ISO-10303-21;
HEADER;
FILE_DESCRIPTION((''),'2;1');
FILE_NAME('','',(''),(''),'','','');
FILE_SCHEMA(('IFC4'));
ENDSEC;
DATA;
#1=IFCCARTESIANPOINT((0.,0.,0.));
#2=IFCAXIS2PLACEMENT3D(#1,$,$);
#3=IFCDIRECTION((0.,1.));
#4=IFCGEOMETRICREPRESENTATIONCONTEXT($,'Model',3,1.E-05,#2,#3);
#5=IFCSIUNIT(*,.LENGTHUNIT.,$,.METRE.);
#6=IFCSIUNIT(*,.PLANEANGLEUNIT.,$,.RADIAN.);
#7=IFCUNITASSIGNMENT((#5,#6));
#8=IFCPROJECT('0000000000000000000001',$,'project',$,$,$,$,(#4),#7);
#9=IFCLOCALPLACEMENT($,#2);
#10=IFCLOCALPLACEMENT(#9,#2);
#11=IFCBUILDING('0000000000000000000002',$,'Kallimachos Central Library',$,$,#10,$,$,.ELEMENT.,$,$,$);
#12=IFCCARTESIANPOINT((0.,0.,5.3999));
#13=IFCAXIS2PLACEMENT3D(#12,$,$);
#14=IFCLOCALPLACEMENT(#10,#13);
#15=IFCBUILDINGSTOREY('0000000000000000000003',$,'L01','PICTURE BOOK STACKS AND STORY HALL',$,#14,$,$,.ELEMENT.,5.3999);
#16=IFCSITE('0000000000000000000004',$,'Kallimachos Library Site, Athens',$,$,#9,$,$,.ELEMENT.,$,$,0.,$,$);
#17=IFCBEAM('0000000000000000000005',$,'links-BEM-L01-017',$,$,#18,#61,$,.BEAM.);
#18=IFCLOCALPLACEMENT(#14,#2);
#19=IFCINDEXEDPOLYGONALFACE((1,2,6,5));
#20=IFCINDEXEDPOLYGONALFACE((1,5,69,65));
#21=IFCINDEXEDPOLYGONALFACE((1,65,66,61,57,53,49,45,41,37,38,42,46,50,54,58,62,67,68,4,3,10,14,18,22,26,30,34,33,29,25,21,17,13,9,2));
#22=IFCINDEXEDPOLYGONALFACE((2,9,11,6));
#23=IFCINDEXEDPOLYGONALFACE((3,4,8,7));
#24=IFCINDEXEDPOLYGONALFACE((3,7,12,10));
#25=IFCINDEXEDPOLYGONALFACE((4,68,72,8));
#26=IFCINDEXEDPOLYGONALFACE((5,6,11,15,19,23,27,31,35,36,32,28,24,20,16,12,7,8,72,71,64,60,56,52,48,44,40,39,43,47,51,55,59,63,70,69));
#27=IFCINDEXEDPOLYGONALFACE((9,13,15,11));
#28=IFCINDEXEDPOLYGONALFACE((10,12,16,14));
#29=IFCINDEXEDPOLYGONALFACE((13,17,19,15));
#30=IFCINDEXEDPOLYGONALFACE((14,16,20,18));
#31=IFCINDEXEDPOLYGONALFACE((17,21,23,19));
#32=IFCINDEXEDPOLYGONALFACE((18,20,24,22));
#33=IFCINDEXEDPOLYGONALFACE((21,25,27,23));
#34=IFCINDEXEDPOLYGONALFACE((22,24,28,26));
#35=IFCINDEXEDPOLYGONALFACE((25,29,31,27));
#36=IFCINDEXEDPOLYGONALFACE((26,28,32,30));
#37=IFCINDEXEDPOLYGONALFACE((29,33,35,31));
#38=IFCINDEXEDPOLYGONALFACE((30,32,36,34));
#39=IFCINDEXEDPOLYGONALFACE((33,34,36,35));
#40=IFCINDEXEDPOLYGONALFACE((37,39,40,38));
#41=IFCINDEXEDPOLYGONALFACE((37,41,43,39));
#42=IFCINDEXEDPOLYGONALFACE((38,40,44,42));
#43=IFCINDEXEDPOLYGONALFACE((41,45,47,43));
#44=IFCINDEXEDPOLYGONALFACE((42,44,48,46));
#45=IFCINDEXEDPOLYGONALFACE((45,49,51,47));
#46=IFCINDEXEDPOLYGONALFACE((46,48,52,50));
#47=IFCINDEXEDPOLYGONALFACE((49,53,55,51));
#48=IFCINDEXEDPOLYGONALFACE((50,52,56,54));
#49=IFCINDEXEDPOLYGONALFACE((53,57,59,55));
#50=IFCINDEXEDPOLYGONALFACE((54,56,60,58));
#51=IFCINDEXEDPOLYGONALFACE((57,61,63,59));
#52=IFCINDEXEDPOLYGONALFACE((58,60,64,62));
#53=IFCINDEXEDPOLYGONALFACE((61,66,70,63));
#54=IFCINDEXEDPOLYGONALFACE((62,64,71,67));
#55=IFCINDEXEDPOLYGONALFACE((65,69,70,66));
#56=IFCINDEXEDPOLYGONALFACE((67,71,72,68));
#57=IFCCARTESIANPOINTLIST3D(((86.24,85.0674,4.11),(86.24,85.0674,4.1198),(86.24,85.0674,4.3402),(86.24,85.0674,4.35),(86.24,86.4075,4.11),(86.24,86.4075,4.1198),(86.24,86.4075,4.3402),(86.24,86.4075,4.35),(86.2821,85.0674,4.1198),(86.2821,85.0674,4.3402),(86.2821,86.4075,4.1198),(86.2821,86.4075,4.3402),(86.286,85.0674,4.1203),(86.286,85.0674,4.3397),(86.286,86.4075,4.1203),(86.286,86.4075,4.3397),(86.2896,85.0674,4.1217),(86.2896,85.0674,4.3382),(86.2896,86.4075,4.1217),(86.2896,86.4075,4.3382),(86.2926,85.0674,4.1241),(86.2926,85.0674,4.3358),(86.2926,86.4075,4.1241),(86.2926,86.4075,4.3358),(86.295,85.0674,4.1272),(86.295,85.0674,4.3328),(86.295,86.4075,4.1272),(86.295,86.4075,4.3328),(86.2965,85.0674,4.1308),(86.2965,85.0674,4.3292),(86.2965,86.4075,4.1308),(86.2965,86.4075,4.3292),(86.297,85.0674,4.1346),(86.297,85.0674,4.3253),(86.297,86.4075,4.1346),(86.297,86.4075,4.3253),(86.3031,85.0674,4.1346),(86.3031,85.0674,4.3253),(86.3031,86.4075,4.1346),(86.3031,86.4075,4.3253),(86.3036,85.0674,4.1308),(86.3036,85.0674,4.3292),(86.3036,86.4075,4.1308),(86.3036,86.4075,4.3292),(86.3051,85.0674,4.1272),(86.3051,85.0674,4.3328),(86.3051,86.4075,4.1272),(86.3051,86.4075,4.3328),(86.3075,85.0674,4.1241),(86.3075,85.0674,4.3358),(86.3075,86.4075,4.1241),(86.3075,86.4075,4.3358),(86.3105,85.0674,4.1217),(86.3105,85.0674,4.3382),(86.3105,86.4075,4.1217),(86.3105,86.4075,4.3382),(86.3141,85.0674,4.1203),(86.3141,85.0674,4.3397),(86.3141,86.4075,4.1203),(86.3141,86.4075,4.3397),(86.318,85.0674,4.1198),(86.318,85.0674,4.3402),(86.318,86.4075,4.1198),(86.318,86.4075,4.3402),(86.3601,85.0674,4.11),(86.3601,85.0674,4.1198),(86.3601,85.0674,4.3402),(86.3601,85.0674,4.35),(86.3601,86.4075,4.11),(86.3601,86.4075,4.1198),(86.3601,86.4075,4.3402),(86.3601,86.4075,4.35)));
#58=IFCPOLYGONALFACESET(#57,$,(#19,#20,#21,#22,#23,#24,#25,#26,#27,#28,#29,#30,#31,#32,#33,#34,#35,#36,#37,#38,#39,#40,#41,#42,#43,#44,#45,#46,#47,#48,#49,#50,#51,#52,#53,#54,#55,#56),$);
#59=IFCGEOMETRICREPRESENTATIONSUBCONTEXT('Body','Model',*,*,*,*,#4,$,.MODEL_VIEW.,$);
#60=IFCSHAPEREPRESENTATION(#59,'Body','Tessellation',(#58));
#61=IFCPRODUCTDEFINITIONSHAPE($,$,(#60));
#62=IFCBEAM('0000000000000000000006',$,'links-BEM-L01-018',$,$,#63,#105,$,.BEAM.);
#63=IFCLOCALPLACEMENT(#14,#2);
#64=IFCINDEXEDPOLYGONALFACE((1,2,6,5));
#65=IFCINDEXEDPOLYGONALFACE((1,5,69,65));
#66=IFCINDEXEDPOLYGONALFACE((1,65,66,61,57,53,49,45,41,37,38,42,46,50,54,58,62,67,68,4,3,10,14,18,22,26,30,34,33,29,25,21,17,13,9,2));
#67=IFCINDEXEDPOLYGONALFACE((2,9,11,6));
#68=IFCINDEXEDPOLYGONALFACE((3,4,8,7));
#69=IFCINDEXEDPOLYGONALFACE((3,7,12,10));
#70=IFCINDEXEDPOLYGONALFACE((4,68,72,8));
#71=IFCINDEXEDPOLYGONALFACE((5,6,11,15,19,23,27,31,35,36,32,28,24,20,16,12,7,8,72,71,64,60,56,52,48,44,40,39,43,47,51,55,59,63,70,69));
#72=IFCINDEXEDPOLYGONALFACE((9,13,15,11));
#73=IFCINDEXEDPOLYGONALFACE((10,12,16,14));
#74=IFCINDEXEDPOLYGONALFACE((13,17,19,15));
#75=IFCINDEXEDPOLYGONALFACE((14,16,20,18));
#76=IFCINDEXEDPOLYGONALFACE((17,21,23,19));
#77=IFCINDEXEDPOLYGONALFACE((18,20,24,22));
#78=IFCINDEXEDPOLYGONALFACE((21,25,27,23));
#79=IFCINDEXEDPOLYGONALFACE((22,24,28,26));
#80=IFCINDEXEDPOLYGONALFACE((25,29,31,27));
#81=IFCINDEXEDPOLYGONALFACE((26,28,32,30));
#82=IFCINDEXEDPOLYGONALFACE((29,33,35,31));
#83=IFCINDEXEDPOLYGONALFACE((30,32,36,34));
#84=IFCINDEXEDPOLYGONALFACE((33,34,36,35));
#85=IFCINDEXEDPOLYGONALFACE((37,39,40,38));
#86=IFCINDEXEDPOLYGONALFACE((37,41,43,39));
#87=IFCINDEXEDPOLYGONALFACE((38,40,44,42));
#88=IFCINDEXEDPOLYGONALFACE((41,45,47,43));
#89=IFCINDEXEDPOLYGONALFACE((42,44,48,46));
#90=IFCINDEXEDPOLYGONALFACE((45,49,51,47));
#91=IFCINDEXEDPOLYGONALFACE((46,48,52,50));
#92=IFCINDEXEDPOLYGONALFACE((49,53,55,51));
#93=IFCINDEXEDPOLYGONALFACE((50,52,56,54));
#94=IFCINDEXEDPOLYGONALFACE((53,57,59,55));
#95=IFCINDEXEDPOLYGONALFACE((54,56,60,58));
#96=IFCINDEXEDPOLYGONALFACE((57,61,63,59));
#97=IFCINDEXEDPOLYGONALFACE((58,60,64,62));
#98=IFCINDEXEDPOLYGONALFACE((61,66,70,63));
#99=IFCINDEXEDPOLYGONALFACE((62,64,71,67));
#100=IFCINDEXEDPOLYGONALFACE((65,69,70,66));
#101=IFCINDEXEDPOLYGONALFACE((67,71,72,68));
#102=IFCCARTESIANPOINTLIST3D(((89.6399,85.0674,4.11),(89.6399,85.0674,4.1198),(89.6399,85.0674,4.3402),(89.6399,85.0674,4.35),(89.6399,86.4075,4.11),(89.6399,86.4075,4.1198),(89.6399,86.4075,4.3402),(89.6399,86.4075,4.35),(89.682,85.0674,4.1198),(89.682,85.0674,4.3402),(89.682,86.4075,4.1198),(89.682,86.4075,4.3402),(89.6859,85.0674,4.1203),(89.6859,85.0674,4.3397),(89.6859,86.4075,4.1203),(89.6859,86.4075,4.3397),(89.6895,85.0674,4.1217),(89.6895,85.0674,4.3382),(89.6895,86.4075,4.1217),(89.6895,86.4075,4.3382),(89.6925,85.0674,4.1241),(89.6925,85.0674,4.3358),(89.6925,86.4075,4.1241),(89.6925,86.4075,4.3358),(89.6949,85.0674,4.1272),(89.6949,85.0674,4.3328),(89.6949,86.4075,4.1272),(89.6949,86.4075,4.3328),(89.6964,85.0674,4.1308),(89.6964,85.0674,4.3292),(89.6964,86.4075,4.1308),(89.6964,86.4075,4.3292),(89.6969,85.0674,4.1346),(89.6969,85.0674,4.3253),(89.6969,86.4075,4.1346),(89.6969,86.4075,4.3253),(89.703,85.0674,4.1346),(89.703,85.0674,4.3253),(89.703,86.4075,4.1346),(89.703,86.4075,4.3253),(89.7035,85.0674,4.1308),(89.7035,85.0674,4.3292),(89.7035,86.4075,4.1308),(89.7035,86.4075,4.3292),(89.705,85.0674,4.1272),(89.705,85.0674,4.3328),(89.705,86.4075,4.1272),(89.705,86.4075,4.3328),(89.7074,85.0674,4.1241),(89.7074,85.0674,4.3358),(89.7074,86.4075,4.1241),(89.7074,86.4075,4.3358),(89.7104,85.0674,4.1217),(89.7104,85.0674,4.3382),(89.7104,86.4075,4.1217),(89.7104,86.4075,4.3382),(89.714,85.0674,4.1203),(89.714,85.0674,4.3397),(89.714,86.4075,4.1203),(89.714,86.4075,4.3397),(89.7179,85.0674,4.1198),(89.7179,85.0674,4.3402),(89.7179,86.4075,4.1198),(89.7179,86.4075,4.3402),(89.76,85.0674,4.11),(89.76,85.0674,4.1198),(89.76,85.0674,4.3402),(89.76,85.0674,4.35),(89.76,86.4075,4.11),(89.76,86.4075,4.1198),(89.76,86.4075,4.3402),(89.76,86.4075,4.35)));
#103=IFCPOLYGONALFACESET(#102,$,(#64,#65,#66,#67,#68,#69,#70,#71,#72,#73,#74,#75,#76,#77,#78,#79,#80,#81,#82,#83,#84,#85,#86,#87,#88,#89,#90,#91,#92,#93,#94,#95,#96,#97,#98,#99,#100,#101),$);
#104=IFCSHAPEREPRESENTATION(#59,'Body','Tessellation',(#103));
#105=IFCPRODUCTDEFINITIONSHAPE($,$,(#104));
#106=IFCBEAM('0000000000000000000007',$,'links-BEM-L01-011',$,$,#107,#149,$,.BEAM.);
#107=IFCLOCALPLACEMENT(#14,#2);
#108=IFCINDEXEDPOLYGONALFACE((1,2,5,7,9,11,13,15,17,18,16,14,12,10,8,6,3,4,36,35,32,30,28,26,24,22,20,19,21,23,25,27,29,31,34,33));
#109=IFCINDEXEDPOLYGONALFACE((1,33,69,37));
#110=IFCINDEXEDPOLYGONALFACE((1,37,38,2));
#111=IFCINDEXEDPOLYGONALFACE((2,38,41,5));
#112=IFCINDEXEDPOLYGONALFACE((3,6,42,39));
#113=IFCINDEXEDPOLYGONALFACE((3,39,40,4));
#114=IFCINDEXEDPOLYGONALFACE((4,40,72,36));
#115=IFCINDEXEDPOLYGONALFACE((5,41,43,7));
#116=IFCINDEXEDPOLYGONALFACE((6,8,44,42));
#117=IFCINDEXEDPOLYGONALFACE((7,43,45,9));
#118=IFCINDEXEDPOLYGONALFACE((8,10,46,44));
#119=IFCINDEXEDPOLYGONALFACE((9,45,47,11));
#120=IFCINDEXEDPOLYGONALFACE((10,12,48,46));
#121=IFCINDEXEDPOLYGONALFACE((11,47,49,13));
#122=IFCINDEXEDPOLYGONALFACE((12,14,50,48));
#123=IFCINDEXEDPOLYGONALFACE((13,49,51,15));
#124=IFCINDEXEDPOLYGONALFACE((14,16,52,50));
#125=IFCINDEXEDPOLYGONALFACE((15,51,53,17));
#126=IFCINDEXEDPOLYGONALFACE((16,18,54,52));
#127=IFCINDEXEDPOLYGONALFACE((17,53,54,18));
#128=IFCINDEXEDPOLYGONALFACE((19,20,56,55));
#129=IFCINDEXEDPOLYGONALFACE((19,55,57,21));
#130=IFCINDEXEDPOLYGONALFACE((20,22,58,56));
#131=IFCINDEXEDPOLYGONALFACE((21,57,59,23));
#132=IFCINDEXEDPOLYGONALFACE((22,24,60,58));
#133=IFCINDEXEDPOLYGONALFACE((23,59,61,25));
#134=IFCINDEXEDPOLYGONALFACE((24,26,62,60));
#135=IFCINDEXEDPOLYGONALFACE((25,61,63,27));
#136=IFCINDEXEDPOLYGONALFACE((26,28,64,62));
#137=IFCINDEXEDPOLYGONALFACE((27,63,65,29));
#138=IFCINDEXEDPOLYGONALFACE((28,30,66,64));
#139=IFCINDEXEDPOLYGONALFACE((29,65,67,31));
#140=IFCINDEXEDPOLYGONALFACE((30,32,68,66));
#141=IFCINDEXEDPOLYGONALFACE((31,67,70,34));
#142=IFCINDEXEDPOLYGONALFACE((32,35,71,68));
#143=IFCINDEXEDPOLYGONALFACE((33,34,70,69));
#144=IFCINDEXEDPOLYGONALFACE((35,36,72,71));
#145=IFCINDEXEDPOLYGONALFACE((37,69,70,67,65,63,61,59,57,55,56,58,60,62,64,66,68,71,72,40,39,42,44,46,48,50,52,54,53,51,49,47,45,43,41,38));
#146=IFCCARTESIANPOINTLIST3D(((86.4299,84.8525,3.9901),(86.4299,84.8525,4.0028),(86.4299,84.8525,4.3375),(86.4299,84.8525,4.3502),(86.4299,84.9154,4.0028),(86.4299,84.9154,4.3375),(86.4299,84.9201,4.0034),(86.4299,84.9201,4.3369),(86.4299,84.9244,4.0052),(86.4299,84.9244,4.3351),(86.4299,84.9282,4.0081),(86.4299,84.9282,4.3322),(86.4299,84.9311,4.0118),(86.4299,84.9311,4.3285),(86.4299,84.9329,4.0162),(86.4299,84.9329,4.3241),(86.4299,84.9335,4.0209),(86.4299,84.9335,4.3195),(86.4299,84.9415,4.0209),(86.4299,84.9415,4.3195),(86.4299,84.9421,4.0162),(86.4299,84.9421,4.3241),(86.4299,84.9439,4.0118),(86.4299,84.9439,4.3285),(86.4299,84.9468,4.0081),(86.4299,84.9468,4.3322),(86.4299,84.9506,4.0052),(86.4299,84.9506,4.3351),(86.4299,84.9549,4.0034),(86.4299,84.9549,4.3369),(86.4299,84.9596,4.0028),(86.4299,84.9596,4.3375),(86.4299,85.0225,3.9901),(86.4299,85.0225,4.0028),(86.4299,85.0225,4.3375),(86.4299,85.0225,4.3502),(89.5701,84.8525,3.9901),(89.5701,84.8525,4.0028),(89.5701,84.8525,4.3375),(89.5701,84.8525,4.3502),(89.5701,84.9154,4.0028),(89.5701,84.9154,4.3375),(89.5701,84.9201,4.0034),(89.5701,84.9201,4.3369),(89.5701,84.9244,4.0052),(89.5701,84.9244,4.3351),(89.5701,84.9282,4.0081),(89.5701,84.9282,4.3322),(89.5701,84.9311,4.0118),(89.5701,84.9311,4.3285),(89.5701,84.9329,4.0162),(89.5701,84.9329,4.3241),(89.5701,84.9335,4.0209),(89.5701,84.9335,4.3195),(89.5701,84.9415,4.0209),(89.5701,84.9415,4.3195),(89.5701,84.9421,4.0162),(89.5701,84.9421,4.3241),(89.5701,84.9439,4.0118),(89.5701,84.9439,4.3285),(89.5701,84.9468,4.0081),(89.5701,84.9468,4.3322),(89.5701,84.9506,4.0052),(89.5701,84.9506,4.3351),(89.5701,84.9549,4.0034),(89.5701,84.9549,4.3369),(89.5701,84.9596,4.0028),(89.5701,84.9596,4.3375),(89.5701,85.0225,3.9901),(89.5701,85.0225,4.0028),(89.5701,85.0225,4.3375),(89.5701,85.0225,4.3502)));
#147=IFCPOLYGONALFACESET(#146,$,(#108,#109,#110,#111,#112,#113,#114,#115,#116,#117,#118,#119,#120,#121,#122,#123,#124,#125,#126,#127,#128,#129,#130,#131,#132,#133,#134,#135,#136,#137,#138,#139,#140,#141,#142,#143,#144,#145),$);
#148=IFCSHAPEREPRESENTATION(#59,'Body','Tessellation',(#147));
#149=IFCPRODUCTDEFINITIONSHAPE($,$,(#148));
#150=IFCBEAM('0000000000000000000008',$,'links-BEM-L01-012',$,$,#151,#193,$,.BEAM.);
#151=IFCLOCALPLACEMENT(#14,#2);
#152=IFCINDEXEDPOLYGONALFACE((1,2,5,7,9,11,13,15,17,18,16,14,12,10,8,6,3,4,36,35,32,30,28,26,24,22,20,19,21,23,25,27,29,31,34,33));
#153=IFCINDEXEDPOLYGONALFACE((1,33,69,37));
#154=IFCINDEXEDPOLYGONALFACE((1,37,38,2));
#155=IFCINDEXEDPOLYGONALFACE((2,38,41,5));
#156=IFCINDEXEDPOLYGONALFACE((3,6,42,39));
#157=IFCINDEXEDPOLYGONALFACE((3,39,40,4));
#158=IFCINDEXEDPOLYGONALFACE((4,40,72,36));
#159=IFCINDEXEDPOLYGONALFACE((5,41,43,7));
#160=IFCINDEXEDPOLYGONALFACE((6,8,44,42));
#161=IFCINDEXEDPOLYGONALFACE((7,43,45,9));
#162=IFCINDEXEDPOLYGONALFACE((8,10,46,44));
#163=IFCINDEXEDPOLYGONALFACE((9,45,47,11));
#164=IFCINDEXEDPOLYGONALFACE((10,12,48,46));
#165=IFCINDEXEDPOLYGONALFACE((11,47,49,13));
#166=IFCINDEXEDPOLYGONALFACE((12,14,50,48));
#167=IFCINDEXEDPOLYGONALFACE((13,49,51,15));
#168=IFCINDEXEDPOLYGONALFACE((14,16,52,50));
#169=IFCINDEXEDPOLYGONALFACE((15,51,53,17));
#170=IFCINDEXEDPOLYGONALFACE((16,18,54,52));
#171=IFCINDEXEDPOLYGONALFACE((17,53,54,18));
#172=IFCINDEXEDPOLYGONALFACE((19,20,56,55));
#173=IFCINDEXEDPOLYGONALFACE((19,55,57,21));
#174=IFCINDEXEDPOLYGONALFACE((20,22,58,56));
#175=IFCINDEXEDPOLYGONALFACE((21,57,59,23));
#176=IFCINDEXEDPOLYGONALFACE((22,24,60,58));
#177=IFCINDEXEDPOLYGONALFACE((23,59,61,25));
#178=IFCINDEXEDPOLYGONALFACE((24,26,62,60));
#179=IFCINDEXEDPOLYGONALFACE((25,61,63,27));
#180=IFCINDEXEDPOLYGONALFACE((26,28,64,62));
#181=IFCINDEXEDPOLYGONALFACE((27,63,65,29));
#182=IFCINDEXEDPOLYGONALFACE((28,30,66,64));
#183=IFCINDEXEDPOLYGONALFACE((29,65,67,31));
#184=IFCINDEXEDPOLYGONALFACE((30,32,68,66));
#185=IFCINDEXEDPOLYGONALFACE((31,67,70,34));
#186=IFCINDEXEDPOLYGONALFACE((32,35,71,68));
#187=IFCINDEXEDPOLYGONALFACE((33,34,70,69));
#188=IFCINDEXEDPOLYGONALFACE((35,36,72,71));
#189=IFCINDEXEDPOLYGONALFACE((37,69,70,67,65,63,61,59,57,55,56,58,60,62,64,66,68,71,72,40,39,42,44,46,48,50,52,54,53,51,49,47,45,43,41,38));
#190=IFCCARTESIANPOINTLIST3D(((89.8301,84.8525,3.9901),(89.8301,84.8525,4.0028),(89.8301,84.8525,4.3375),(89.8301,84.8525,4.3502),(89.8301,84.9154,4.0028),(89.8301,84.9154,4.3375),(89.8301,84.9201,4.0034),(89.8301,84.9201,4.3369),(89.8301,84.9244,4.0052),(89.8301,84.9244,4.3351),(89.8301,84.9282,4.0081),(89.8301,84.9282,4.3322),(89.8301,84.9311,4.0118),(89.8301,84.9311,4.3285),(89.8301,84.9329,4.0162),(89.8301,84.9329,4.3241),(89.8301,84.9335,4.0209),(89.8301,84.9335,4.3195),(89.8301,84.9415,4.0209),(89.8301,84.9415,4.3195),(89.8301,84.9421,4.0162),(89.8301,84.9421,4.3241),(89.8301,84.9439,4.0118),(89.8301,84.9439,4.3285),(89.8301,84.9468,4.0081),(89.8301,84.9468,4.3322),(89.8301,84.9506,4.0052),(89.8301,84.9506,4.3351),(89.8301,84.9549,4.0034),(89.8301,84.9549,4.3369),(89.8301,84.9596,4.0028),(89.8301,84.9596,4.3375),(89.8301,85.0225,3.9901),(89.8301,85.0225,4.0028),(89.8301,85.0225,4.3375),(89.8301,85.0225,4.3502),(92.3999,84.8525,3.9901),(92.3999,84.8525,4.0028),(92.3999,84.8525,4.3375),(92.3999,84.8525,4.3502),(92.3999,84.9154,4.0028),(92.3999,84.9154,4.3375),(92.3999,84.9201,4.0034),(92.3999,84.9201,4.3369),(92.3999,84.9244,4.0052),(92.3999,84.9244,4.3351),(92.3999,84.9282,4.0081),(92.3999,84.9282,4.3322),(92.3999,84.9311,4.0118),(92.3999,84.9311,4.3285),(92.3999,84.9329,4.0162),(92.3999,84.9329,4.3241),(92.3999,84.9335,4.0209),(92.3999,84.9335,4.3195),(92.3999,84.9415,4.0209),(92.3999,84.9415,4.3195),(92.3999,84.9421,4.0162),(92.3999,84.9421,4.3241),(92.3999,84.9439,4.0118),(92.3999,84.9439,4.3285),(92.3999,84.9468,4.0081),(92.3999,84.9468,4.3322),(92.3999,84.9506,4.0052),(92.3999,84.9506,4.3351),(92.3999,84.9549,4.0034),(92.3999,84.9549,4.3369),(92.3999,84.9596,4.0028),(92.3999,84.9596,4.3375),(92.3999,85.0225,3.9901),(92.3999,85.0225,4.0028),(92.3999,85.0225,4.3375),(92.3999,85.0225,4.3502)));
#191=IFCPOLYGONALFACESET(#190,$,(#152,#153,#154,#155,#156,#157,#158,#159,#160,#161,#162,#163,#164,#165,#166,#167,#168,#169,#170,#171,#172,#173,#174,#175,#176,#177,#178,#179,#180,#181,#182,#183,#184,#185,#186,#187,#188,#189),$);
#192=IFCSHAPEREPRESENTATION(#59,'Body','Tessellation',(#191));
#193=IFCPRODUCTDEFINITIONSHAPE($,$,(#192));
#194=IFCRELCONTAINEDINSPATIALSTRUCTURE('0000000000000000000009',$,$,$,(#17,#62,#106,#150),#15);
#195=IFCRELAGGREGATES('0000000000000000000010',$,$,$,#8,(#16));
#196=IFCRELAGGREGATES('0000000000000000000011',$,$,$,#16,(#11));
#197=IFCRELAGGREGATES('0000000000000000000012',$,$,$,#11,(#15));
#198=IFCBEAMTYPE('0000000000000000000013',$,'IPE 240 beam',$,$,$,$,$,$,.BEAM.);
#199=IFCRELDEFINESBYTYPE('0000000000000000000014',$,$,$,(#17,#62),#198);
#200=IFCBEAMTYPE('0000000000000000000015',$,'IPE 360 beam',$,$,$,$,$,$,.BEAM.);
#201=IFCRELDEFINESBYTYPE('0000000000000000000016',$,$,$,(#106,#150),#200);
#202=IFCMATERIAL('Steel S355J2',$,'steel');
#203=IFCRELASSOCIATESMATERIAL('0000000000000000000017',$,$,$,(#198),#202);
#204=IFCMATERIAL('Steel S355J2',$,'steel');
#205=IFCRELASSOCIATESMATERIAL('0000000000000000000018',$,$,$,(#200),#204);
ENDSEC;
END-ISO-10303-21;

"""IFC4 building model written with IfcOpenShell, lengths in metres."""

from ifc_helpers import new_model, si_unit, direction, frame, origin, origin_2d, place, context, subcontext, project, spatial, i_section, extrude, material, material_profile, profile_set, type_object, element, save


model = new_model("IFC4")

# Units and contexts
model_context = context("Model", 3, precision=1e-05, world=origin(), true_north=direction((0.0, 1.0)))
body_context = subcontext(model_context, "Body", "Model", "MODEL_VIEW")
ifc_project = project(units=[si_unit("LENGTHUNIT", "METRE"), si_unit("PLANEANGLEUNIT", "RADIAN")], contexts=[model_context])

# Site, building, storey
site_placement = place(None, origin())
site = spatial("IfcSite", under=ifc_project, at=site_placement, Name="Kallimachos Library Site, Athens", CompositionType="ELEMENT", RefElevation=0.0)
building_placement = place(site_placement, origin())
building = spatial("IfcBuilding", under=site, at=building_placement, Name="Kallimachos Central Library", CompositionType="ELEMENT")
storey_placement = place(building_placement, frame((0.0, 0.0, 5.3999)))
storey = spatial("IfcBuildingStorey", under=building, at=storey_placement, Name="L01", Description="PICTURE BOOK STACKS AND STORY HALL", CompositionType="ELEMENT", Elevation=5.3999)

# Beams
ifc_material_1 = material(Name="Steel S355J2", Category="steel")
ifc_material_profile_1 = material_profile(ifc_material_1, i_section(OverallWidth=0.1201, OverallDepth=0.24, WebThickness=0.0061, FlangeThickness=0.0098, FilletRadius=0.0149, at=origin_2d()), Name="IPE 240")
ifc_profile_set_1 = profile_set([ifc_material_profile_1], Name="Steel S355J2")
beam_type_1 = type_object("IfcBeamType", Name="IPE 240 beam", PredefinedType="BEAM", material=ifc_profile_set_1)
for number, where, z_axis, x_axis, name in (
    (1, (86.3, 85.0674, 4.23), (0.0, 1.0, 0.0), (-1.0, 0.0, 0.0), "links-BEM-L01-017"),
    (2, (89.7, 85.0674, 4.23), (0.0, 1.0, 0.0), (-1.0, 0.0, 0.0), "links-BEM-L01-018"),
):
    element("IfcBeam", number, at=place(storey_placement, frame(where, z_axis=z_axis, x_axis=x_axis)), inside=storey, type_object=beam_type_1, Name=name, PredefinedType="BEAM", context=body_context, shape_type="SweptSolid", body=[
        extrude(i_section(OverallWidth=0.1201, OverallDepth=0.24, WebThickness=0.0061, FlangeThickness=0.0098, FilletRadius=0.0149, at=origin_2d()), origin(), (0.0, 0.0, 1.0), 1.3401),
    ])
ifc_material_2 = material(Name="Steel S355J2", Category="steel")
ifc_material_profile_2 = material_profile(ifc_material_2, i_section(OverallWidth=0.1699, OverallDepth=0.3601, WebThickness=0.0081, FlangeThickness=0.0127, FilletRadius=0.0181, at=origin_2d()), Name="IPE 360")
ifc_profile_set_2 = profile_set([ifc_material_profile_2], Name="Steel S355J2")
beam_type_2 = type_object("IfcBeamType", Name="IPE 360 beam", PredefinedType="BEAM", material=ifc_profile_set_2)
beam_1_placement = place(storey_placement, frame((86.4299, 84.9375, 4.1702), z_axis=(1.0, 0.0, 0.0), x_axis=(0.0, 1.0, 0.0)))
element("IfcBeam", 3, at=beam_1_placement, inside=storey, type_object=beam_type_2, Name="links-BEM-L01-011", PredefinedType="BEAM", context=body_context, shape_type="SweptSolid", body=[
    extrude(i_section(OverallWidth=0.1699, OverallDepth=0.3601, WebThickness=0.0081, FlangeThickness=0.0127, FilletRadius=0.0181, at=origin_2d()), origin(), (0.0, 0.0, 1.0), 3.1401),
])
for number, where, z_axis, x_axis, name in (
    (4, (89.8301, 84.9375, 4.1702), (1.0, 0.0, 0.0), (0.0, 1.0, 0.0), "links-BEM-L01-012"),
):
    element("IfcBeam", number, at=place(storey_placement, frame(where, z_axis=z_axis, x_axis=x_axis)), inside=storey, type_object=beam_type_2, Name=name, PredefinedType="BEAM", context=body_context, shape_type="SweptSolid", body=[
        extrude(i_section(OverallWidth=0.1699, OverallDepth=0.3601, WebThickness=0.0081, FlangeThickness=0.0127, FilletRadius=0.0181, at=origin_2d()), origin(), (0.0, 0.0, 1.0), 2.5698),
    ])

save(model, "model.ifc")
